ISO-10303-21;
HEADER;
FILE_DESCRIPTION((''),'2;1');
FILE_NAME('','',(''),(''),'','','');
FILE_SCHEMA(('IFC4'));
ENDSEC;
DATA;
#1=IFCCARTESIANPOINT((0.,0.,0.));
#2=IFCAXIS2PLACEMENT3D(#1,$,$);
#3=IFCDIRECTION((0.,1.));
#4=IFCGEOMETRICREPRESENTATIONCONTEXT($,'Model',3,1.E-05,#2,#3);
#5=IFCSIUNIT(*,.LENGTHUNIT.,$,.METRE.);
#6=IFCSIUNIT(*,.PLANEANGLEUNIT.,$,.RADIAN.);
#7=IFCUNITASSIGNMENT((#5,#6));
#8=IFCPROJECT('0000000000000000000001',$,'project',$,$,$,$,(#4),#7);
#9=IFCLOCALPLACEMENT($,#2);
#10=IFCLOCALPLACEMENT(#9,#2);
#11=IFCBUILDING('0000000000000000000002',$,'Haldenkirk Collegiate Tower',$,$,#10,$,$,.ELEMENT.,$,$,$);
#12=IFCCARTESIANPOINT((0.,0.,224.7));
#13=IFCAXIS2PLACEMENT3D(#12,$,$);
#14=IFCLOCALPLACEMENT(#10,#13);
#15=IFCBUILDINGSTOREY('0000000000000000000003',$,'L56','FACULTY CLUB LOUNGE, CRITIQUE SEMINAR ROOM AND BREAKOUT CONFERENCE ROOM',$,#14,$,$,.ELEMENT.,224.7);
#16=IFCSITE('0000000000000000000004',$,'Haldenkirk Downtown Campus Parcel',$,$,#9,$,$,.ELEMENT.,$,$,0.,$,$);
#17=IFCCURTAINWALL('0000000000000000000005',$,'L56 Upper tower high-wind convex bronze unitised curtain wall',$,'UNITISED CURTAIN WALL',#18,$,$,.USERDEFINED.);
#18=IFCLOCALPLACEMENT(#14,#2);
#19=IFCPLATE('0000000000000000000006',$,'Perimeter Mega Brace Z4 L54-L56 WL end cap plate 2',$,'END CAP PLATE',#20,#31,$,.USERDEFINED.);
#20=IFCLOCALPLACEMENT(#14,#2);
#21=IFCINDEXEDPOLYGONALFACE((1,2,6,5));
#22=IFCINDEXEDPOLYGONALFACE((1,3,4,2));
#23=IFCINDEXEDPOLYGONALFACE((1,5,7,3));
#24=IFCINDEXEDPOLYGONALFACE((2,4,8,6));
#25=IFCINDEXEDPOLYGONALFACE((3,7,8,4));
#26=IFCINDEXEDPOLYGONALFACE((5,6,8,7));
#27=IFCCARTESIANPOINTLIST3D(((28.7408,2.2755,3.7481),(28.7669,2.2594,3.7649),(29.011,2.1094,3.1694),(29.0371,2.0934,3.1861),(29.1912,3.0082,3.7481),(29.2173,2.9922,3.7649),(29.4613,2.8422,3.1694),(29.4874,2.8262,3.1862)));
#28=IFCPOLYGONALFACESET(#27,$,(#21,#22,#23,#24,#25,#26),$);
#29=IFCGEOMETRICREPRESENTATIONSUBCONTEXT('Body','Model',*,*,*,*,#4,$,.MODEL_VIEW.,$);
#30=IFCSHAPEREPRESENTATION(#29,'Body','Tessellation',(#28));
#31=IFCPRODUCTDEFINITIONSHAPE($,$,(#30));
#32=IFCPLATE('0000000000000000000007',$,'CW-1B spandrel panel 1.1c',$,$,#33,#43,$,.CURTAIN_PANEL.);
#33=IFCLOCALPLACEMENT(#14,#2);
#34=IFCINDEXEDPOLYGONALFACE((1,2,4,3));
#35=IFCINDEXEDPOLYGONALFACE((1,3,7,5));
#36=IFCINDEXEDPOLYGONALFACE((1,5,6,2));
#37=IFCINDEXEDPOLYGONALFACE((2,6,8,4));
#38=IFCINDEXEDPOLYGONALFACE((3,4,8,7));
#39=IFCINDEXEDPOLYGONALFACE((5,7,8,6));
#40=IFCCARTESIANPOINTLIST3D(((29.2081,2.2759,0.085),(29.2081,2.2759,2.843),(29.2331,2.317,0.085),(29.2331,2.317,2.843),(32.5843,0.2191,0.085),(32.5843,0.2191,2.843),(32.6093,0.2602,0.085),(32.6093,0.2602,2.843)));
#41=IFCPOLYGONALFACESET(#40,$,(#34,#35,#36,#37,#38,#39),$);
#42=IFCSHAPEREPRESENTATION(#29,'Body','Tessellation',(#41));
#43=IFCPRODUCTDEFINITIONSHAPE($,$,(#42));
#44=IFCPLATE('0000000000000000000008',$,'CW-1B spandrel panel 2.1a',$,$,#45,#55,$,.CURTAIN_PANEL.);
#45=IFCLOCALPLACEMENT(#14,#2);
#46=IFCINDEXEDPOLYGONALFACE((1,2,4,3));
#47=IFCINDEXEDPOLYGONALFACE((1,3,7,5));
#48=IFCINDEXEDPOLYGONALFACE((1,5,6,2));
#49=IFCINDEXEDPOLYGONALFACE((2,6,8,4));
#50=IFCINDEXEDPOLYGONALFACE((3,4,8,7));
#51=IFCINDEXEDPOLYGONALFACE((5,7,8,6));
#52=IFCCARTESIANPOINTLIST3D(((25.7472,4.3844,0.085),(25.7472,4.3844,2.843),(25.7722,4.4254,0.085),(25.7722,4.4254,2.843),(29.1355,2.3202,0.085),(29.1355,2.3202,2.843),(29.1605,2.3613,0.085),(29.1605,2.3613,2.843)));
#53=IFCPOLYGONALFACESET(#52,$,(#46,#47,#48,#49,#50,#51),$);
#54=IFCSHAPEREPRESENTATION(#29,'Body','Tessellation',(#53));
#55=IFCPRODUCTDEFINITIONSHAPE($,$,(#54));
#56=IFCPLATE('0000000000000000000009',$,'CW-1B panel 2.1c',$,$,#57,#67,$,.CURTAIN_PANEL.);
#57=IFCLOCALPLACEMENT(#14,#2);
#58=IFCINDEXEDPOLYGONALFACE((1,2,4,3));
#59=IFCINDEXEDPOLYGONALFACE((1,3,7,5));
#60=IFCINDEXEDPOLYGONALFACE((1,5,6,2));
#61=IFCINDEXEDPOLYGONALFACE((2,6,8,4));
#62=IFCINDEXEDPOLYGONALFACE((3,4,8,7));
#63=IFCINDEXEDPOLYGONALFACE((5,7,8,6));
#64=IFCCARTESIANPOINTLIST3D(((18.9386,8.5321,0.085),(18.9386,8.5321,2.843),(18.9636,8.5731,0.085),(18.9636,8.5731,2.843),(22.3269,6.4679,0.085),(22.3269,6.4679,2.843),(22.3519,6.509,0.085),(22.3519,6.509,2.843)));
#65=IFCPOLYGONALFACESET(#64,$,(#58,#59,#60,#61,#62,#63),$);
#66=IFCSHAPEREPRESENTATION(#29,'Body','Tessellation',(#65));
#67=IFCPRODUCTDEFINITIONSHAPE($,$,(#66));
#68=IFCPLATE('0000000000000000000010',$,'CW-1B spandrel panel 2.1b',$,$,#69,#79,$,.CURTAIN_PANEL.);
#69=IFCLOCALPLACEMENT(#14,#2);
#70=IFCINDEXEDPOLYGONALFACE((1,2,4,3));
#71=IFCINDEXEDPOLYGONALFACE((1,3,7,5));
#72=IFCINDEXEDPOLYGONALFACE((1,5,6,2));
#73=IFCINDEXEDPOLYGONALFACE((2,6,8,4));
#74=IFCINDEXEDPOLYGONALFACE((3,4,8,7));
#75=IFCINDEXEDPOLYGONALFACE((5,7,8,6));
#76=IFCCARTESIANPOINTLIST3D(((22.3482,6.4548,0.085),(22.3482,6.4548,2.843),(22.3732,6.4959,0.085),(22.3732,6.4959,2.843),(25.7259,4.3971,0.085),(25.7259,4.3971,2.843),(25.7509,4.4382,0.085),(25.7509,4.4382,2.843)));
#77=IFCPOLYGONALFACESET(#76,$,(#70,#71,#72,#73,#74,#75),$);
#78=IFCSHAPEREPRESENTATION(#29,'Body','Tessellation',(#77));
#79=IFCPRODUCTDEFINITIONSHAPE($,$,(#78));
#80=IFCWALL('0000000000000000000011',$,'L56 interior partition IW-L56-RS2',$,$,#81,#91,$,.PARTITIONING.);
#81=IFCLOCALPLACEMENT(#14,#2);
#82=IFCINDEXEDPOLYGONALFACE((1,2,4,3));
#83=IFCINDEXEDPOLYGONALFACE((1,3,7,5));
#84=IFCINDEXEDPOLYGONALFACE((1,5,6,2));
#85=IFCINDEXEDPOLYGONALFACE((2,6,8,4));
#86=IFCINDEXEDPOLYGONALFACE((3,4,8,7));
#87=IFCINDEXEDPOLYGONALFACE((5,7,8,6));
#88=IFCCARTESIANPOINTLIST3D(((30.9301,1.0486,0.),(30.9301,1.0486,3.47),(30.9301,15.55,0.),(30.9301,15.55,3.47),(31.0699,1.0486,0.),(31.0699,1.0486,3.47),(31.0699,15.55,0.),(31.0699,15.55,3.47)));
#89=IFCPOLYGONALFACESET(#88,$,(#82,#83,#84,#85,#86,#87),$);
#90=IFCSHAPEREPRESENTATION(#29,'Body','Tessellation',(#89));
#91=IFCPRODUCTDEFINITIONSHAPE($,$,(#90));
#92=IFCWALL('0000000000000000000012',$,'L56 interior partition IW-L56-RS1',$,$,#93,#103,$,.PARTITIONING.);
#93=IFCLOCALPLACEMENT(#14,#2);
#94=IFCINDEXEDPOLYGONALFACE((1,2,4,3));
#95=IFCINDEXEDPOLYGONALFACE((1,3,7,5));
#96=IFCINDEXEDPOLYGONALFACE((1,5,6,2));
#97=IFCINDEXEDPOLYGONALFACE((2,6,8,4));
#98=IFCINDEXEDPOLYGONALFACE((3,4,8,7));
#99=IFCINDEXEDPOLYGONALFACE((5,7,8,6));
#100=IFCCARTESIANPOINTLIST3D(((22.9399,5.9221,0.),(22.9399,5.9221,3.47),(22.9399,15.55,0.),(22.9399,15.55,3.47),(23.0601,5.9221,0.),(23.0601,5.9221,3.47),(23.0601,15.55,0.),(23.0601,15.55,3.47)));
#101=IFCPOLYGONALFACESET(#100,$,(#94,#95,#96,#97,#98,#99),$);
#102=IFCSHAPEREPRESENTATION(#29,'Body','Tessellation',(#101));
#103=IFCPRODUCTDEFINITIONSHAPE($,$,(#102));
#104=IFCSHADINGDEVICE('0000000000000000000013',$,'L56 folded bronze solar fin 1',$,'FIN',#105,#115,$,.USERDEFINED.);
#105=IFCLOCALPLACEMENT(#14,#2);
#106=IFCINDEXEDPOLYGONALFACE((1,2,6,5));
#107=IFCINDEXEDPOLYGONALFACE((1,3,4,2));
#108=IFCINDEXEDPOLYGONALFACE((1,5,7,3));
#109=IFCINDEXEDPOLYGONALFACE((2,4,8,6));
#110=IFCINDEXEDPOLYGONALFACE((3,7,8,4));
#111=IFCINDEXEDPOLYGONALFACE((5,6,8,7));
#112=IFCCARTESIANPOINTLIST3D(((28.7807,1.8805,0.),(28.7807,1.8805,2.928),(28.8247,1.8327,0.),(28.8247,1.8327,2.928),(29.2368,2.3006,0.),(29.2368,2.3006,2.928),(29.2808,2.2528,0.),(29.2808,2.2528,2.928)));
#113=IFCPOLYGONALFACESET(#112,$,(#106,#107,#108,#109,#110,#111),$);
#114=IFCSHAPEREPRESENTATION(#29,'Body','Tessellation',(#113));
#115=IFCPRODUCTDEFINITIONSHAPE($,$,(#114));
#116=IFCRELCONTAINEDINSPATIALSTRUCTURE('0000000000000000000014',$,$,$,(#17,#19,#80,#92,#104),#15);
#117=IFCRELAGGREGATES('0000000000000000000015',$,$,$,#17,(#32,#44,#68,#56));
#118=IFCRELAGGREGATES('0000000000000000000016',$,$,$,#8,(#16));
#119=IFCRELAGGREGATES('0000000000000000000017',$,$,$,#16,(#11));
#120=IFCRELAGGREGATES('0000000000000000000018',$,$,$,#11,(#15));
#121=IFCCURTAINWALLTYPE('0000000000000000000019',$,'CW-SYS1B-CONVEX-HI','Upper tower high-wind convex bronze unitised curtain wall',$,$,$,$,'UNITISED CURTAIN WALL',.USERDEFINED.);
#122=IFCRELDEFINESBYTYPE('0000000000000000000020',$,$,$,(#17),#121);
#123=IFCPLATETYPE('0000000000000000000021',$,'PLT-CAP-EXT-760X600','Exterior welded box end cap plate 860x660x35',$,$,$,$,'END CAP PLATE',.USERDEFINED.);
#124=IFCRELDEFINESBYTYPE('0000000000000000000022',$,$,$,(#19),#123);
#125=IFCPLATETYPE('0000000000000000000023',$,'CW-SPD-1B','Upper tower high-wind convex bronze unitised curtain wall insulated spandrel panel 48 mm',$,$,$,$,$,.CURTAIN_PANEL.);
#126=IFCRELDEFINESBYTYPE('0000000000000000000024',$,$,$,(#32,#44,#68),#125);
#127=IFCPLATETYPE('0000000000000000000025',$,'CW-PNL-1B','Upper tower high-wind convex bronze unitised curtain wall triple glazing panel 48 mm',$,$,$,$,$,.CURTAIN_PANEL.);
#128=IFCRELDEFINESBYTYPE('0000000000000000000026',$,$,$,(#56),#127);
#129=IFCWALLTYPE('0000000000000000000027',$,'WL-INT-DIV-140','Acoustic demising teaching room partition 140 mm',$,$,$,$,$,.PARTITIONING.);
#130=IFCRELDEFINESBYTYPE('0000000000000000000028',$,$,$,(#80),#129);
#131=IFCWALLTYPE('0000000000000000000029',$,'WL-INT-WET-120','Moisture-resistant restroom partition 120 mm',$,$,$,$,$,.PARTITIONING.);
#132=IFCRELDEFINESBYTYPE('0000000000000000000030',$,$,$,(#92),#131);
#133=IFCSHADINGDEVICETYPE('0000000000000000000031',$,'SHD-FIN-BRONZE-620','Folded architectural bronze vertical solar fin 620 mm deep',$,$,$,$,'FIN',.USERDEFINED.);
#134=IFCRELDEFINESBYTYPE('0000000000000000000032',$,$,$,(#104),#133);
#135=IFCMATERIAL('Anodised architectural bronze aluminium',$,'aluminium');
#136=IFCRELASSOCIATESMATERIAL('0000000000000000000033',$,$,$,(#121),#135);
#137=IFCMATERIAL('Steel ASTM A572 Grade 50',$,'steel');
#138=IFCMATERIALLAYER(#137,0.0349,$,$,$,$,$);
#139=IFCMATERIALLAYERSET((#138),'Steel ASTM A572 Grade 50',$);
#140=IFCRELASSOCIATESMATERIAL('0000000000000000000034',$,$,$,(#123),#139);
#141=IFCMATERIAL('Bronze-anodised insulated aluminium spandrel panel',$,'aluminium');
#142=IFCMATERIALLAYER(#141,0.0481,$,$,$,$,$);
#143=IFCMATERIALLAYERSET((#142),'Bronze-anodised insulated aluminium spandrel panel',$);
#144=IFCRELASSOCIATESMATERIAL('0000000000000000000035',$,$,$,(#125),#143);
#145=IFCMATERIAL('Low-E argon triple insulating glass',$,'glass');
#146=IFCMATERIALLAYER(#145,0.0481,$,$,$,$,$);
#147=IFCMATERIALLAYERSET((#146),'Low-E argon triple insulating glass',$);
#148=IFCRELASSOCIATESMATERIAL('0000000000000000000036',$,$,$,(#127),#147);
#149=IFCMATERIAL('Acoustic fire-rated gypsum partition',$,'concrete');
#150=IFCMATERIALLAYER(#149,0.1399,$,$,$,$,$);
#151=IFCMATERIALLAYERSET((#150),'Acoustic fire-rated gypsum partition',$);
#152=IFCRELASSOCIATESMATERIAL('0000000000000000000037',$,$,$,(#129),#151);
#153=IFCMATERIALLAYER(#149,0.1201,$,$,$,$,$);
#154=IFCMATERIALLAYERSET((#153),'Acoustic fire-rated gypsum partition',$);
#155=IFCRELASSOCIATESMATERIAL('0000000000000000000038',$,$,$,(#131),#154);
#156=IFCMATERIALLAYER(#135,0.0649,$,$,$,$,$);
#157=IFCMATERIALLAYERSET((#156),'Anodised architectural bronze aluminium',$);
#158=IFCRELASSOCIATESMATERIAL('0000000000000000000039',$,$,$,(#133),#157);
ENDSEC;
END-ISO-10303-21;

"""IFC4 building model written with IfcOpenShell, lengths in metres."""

from ifc_helpers import new_model, si_unit, direction, frame, frame_2d, origin, origin_2d, place, context, subcontext, project, spatial, rectangle, extrude, source, transform, mapped, material, layer, layer_set, type_object, element, aggregate, save


model = new_model("IFC4")

# Units and contexts
model_context = context("Model", 3, precision=1e-05, world=origin(), true_north=direction((0.0, 1.0)))
body_context = subcontext(model_context, "Body", "Model", "MODEL_VIEW")
ifc_project = project(units=[si_unit("LENGTHUNIT", "METRE"), si_unit("PLANEANGLEUNIT", "RADIAN")], contexts=[model_context])

# Site, building, storey
site_placement = place(None, origin())
site = spatial("IfcSite", under=ifc_project, at=site_placement, Name="Haldenkirk Downtown Campus Parcel", CompositionType="ELEMENT", RefElevation=0.0)
building_placement = place(site_placement, origin())
building = spatial("IfcBuilding", under=site, at=building_placement, Name="Haldenkirk Collegiate Tower", CompositionType="ELEMENT")
storey_placement = place(building_placement, frame((0.0, 0.0, 224.7)))
storey = spatial("IfcBuildingStorey", under=building, at=storey_placement, Name="L56", Description="FACULTY CLUB LOUNGE, CRITIQUE SEMINAR ROOM AND BREAKOUT CONFERENCE ROOM", CompositionType="ELEMENT", Elevation=224.7)

# Curtain wall
ifc_material_1 = material(Name="Anodised architectural bronze aluminium", Category="aluminium")
curtain_wall_type = type_object("IfcCurtainWallType", Name="CW-SYS1B-CONVEX-HI", Description="Upper tower high-wind convex bronze unitised curtain wall", ElementType="UNITISED CURTAIN WALL", PredefinedType="USERDEFINED", material=ifc_material_1)
curtain_wall_placement = place(storey_placement, origin())
curtain_wall = element("IfcCurtainWall", 1, at=curtain_wall_placement, inside=storey, type_object=curtain_wall_type, Name="L56 Upper tower high-wind convex bronze unitised curtain wall", ObjectType="UNITISED CURTAIN WALL", PredefinedType="USERDEFINED")

# Plates
ifc_material_2 = material(Name="Steel ASTM A572 Grade 50", Category="steel")
ifc_layer_1 = layer(ifc_material_2, 0.0349)
ifc_layer_set_1 = layer_set([ifc_layer_1], Name="Steel ASTM A572 Grade 50")
plate_type_1 = type_object("IfcPlateType", Name="PLT-CAP-EXT-760X600", Description="Exterior welded box end cap plate 860x660x35", ElementType="END CAP PLATE", PredefinedType="USERDEFINED", material=ifc_layer_set_1)
shared_shape_1 = source(origin(), body_context, "Body", "SweptSolid", [
    extrude(rectangle(XDim=0.8601, YDim=0.6599, at=origin_2d()), origin(), (0.0, 0.0, 1.0), 0.0349),
])
plate_1_placement = place(storey_placement, frame((29.1011, 2.5588, 3.4587), z_axis=(0.747162, -0.459184, 0.480519), x_axis=(0.523594, 0.851968, 0.0)))
element("IfcPlate", 2, at=plate_1_placement, inside=storey, type_object=plate_type_1, Name="Perimeter Mega Brace Z4 L54-L56 WL end cap plate 2", ObjectType="END CAP PLATE", PredefinedType="USERDEFINED", context=body_context, shape_type="MappedRepresentation", body=[
    mapped(shared_shape_1, transform((0.0, 0.0, 0.0), x_axis=(1.0, 0.0, 0.0), y_axis=(0.0, 1.0, 0.0), z_axis=(0.0, 0.0, 1.0), scale=1.0)),
])
ifc_material_3 = material(Name="Bronze-anodised insulated aluminium spandrel panel", Category="aluminium")
ifc_layer_2 = layer(ifc_material_3, 0.0481)
ifc_layer_set_2 = layer_set([ifc_layer_2], Name="Bronze-anodised insulated aluminium spandrel panel")
plate_type_2 = type_object("IfcPlateType", Name="CW-SPD-1B", Description="Upper tower high-wind convex bronze unitised curtain wall insulated spandrel panel 48 mm", PredefinedType="CURTAIN_PANEL", material=ifc_layer_set_2)
shared_shape_2 = source(origin(), body_context, "Body", "SweptSolid", [
    extrude(rectangle(XDim=3.9534, YDim=0.0481, at=origin_2d()), origin(), (0.0, 0.0, 1.0), 2.7581),
])
plate_2_placement = place(storey_placement, frame((30.9087, 1.2681, 0.085), z_axis=(0.0, 0.0, 1.0), x_axis=(-0.854003, 0.520268, 0.0)))
plate_2 = element("IfcPlate", 3, at=plate_2_placement, type_object=plate_type_2, Name="CW-1B spandrel panel 1.1c", PredefinedType="CURTAIN_PANEL", context=body_context, shape_type="MappedRepresentation", body=[
    mapped(shared_shape_2, transform((0.0, 0.0, 0.0), x_axis=(1.0, 0.0, 0.0), y_axis=(0.0, 1.0, 0.0), z_axis=(0.0, 0.0, 1.0), scale=1.0)),
])
shared_shape_3 = source(origin(), body_context, "Body", "SweptSolid", [
    extrude(rectangle(XDim=3.9675, YDim=0.0481, at=origin_2d()), origin(), (0.0, 0.0, 1.0), 2.7581),
])
plate_3_placement = place(storey_placement, frame((27.4539, 3.3728, 0.085), z_axis=(0.0, 0.0, 1.0), x_axis=(-0.854003, 0.520268, 0.0)))
plate_3 = element("IfcPlate", 4, at=plate_3_placement, type_object=plate_type_2, Name="CW-1B spandrel panel 2.1a", PredefinedType="CURTAIN_PANEL", context=body_context, shape_type="MappedRepresentation", body=[
    mapped(shared_shape_3, transform((0.0, 0.0, 0.0), x_axis=(1.0, 0.0, 0.0), y_axis=(0.0, 1.0, 0.0), z_axis=(0.0, 0.0, 1.0), scale=1.0)),
])
ifc_material_4 = material(Name="Low-E argon triple insulating glass", Category="glass")
ifc_layer_3 = layer(ifc_material_4, 0.0481)
ifc_layer_set_3 = layer_set([ifc_layer_3], Name="Low-E argon triple insulating glass")
plate_type_3 = type_object("IfcPlateType", Name="CW-PNL-1B", Description="Upper tower high-wind convex bronze unitised curtain wall triple glazing panel 48 mm", PredefinedType="CURTAIN_PANEL", material=ifc_layer_set_3)
plate_4_placement = place(storey_placement, frame((20.6453, 7.5205, 0.085), z_axis=(0.0, 0.0, 1.0), x_axis=(-0.854003, 0.520268, 0.0)))
plate_4 = element("IfcPlate", 5, at=plate_4_placement, type_object=plate_type_3, Name="CW-1B panel 2.1c", PredefinedType="CURTAIN_PANEL", context=body_context, shape_type="MappedRepresentation", body=[
    mapped(shared_shape_3, transform((0.0, 0.0, 0.0), x_axis=(1.0, 0.0, 0.0), y_axis=(0.0, 1.0, 0.0), z_axis=(0.0, 0.0, 1.0), scale=1.0)),
])
shared_shape_4 = source(origin(), body_context, "Body", "SweptSolid", [
    extrude(rectangle(XDim=3.9551, YDim=0.0481, at=origin_2d()), origin(), (0.0, 0.0, 1.0), 2.7581),
])
plate_5_placement = place(storey_placement, frame((24.0496, 5.4465, 0.085), z_axis=(0.0, 0.0, 1.0), x_axis=(-0.854003, 0.520268, 0.0)))
plate_5 = element("IfcPlate", 6, at=plate_5_placement, type_object=plate_type_2, Name="CW-1B spandrel panel 2.1b", PredefinedType="CURTAIN_PANEL", context=body_context, shape_type="MappedRepresentation", body=[
    mapped(shared_shape_4, transform((0.0, 0.0, 0.0), x_axis=(1.0, 0.0, 0.0), y_axis=(0.0, 1.0, 0.0), z_axis=(0.0, 0.0, 1.0), scale=1.0)),
])
aggregate(curtain_wall, [plate_2, plate_3, plate_5, plate_4])

# Walls
ifc_material_5 = material(Name="Acoustic fire-rated gypsum partition", Category="concrete")
ifc_layer_4 = layer(ifc_material_5, 0.1399)
ifc_layer_set_4 = layer_set([ifc_layer_4], Name="Acoustic fire-rated gypsum partition")
wall_type_1 = type_object("IfcWallType", Name="WL-INT-DIV-140", Description="Acoustic demising teaching room partition 140 mm", PredefinedType="PARTITIONING", material=ifc_layer_set_4)
wall_1_placement = place(storey_placement, frame((31.0, 1.0486, 0.0), z_axis=(0.0, 0.0, 1.0), x_axis=(0.0, 1.0, 0.0)))
element("IfcWall", 7, at=wall_1_placement, inside=storey, type_object=wall_type_1, Name="L56 interior partition IW-L56-RS2", PredefinedType="PARTITIONING", context=body_context, shape_type="SweptSolid", body=[
    extrude(rectangle(XDim=14.5015, YDim=0.1399, at=frame_2d((7.2507, 0.0))), origin(), (0.0, 0.0, 1.0), 3.47),
])
ifc_layer_5 = layer(ifc_material_5, 0.1201)
ifc_layer_set_5 = layer_set([ifc_layer_5], Name="Acoustic fire-rated gypsum partition")
wall_type_2 = type_object("IfcWallType", Name="WL-INT-WET-120", Description="Moisture-resistant restroom partition 120 mm", PredefinedType="PARTITIONING", material=ifc_layer_set_5)
wall_2_placement = place(storey_placement, frame((23.0, 5.9221, 0.0), z_axis=(0.0, 0.0, 1.0), x_axis=(0.0, 1.0, 0.0)))
element("IfcWall", 8, at=wall_2_placement, inside=storey, type_object=wall_type_2, Name="L56 interior partition IW-L56-RS1", PredefinedType="PARTITIONING", context=body_context, shape_type="SweptSolid", body=[
    extrude(rectangle(XDim=9.6279, YDim=0.1201, at=frame_2d((4.814, 0.0))), origin(), (0.0, 0.0, 1.0), 3.47),
])

# Shading device
ifc_layer_6 = layer(ifc_material_1, 0.0649)
ifc_layer_set_6 = layer_set([ifc_layer_6], Name="Anodised architectural bronze aluminium")
shading_device_type = type_object("IfcShadingDeviceType", Name="SHD-FIN-BRONZE-620", Description="Folded architectural bronze vertical solar fin 620 mm deep", ElementType="FIN", PredefinedType="USERDEFINED", material=ifc_layer_set_6)
shared_shape_5 = source(origin(), body_context, "Body", "SweptSolid", [
    extrude(rectangle(XDim=0.6201, YDim=0.0649, at=origin_2d()), origin(), (0.0, 0.0, 1.0), 2.928),
])
shading_device_placement = place(storey_placement, frame((29.0308, 2.0667, 0.0), z_axis=(0.0, 0.0, 1.0), x_axis=(-0.735506, -0.677518, 0.0)))
element("IfcShadingDevice", 9, at=shading_device_placement, inside=storey, type_object=shading_device_type, Name="L56 folded bronze solar fin 1", ObjectType="FIN", PredefinedType="USERDEFINED", context=body_context, shape_type="MappedRepresentation", body=[
    mapped(shared_shape_5, transform((0.0, 0.0, 0.0), x_axis=(1.0, 0.0, 0.0), y_axis=(0.0, 1.0, 0.0), z_axis=(0.0, 0.0, 1.0), scale=1.0)),
])

save(model, "model.ifc")
